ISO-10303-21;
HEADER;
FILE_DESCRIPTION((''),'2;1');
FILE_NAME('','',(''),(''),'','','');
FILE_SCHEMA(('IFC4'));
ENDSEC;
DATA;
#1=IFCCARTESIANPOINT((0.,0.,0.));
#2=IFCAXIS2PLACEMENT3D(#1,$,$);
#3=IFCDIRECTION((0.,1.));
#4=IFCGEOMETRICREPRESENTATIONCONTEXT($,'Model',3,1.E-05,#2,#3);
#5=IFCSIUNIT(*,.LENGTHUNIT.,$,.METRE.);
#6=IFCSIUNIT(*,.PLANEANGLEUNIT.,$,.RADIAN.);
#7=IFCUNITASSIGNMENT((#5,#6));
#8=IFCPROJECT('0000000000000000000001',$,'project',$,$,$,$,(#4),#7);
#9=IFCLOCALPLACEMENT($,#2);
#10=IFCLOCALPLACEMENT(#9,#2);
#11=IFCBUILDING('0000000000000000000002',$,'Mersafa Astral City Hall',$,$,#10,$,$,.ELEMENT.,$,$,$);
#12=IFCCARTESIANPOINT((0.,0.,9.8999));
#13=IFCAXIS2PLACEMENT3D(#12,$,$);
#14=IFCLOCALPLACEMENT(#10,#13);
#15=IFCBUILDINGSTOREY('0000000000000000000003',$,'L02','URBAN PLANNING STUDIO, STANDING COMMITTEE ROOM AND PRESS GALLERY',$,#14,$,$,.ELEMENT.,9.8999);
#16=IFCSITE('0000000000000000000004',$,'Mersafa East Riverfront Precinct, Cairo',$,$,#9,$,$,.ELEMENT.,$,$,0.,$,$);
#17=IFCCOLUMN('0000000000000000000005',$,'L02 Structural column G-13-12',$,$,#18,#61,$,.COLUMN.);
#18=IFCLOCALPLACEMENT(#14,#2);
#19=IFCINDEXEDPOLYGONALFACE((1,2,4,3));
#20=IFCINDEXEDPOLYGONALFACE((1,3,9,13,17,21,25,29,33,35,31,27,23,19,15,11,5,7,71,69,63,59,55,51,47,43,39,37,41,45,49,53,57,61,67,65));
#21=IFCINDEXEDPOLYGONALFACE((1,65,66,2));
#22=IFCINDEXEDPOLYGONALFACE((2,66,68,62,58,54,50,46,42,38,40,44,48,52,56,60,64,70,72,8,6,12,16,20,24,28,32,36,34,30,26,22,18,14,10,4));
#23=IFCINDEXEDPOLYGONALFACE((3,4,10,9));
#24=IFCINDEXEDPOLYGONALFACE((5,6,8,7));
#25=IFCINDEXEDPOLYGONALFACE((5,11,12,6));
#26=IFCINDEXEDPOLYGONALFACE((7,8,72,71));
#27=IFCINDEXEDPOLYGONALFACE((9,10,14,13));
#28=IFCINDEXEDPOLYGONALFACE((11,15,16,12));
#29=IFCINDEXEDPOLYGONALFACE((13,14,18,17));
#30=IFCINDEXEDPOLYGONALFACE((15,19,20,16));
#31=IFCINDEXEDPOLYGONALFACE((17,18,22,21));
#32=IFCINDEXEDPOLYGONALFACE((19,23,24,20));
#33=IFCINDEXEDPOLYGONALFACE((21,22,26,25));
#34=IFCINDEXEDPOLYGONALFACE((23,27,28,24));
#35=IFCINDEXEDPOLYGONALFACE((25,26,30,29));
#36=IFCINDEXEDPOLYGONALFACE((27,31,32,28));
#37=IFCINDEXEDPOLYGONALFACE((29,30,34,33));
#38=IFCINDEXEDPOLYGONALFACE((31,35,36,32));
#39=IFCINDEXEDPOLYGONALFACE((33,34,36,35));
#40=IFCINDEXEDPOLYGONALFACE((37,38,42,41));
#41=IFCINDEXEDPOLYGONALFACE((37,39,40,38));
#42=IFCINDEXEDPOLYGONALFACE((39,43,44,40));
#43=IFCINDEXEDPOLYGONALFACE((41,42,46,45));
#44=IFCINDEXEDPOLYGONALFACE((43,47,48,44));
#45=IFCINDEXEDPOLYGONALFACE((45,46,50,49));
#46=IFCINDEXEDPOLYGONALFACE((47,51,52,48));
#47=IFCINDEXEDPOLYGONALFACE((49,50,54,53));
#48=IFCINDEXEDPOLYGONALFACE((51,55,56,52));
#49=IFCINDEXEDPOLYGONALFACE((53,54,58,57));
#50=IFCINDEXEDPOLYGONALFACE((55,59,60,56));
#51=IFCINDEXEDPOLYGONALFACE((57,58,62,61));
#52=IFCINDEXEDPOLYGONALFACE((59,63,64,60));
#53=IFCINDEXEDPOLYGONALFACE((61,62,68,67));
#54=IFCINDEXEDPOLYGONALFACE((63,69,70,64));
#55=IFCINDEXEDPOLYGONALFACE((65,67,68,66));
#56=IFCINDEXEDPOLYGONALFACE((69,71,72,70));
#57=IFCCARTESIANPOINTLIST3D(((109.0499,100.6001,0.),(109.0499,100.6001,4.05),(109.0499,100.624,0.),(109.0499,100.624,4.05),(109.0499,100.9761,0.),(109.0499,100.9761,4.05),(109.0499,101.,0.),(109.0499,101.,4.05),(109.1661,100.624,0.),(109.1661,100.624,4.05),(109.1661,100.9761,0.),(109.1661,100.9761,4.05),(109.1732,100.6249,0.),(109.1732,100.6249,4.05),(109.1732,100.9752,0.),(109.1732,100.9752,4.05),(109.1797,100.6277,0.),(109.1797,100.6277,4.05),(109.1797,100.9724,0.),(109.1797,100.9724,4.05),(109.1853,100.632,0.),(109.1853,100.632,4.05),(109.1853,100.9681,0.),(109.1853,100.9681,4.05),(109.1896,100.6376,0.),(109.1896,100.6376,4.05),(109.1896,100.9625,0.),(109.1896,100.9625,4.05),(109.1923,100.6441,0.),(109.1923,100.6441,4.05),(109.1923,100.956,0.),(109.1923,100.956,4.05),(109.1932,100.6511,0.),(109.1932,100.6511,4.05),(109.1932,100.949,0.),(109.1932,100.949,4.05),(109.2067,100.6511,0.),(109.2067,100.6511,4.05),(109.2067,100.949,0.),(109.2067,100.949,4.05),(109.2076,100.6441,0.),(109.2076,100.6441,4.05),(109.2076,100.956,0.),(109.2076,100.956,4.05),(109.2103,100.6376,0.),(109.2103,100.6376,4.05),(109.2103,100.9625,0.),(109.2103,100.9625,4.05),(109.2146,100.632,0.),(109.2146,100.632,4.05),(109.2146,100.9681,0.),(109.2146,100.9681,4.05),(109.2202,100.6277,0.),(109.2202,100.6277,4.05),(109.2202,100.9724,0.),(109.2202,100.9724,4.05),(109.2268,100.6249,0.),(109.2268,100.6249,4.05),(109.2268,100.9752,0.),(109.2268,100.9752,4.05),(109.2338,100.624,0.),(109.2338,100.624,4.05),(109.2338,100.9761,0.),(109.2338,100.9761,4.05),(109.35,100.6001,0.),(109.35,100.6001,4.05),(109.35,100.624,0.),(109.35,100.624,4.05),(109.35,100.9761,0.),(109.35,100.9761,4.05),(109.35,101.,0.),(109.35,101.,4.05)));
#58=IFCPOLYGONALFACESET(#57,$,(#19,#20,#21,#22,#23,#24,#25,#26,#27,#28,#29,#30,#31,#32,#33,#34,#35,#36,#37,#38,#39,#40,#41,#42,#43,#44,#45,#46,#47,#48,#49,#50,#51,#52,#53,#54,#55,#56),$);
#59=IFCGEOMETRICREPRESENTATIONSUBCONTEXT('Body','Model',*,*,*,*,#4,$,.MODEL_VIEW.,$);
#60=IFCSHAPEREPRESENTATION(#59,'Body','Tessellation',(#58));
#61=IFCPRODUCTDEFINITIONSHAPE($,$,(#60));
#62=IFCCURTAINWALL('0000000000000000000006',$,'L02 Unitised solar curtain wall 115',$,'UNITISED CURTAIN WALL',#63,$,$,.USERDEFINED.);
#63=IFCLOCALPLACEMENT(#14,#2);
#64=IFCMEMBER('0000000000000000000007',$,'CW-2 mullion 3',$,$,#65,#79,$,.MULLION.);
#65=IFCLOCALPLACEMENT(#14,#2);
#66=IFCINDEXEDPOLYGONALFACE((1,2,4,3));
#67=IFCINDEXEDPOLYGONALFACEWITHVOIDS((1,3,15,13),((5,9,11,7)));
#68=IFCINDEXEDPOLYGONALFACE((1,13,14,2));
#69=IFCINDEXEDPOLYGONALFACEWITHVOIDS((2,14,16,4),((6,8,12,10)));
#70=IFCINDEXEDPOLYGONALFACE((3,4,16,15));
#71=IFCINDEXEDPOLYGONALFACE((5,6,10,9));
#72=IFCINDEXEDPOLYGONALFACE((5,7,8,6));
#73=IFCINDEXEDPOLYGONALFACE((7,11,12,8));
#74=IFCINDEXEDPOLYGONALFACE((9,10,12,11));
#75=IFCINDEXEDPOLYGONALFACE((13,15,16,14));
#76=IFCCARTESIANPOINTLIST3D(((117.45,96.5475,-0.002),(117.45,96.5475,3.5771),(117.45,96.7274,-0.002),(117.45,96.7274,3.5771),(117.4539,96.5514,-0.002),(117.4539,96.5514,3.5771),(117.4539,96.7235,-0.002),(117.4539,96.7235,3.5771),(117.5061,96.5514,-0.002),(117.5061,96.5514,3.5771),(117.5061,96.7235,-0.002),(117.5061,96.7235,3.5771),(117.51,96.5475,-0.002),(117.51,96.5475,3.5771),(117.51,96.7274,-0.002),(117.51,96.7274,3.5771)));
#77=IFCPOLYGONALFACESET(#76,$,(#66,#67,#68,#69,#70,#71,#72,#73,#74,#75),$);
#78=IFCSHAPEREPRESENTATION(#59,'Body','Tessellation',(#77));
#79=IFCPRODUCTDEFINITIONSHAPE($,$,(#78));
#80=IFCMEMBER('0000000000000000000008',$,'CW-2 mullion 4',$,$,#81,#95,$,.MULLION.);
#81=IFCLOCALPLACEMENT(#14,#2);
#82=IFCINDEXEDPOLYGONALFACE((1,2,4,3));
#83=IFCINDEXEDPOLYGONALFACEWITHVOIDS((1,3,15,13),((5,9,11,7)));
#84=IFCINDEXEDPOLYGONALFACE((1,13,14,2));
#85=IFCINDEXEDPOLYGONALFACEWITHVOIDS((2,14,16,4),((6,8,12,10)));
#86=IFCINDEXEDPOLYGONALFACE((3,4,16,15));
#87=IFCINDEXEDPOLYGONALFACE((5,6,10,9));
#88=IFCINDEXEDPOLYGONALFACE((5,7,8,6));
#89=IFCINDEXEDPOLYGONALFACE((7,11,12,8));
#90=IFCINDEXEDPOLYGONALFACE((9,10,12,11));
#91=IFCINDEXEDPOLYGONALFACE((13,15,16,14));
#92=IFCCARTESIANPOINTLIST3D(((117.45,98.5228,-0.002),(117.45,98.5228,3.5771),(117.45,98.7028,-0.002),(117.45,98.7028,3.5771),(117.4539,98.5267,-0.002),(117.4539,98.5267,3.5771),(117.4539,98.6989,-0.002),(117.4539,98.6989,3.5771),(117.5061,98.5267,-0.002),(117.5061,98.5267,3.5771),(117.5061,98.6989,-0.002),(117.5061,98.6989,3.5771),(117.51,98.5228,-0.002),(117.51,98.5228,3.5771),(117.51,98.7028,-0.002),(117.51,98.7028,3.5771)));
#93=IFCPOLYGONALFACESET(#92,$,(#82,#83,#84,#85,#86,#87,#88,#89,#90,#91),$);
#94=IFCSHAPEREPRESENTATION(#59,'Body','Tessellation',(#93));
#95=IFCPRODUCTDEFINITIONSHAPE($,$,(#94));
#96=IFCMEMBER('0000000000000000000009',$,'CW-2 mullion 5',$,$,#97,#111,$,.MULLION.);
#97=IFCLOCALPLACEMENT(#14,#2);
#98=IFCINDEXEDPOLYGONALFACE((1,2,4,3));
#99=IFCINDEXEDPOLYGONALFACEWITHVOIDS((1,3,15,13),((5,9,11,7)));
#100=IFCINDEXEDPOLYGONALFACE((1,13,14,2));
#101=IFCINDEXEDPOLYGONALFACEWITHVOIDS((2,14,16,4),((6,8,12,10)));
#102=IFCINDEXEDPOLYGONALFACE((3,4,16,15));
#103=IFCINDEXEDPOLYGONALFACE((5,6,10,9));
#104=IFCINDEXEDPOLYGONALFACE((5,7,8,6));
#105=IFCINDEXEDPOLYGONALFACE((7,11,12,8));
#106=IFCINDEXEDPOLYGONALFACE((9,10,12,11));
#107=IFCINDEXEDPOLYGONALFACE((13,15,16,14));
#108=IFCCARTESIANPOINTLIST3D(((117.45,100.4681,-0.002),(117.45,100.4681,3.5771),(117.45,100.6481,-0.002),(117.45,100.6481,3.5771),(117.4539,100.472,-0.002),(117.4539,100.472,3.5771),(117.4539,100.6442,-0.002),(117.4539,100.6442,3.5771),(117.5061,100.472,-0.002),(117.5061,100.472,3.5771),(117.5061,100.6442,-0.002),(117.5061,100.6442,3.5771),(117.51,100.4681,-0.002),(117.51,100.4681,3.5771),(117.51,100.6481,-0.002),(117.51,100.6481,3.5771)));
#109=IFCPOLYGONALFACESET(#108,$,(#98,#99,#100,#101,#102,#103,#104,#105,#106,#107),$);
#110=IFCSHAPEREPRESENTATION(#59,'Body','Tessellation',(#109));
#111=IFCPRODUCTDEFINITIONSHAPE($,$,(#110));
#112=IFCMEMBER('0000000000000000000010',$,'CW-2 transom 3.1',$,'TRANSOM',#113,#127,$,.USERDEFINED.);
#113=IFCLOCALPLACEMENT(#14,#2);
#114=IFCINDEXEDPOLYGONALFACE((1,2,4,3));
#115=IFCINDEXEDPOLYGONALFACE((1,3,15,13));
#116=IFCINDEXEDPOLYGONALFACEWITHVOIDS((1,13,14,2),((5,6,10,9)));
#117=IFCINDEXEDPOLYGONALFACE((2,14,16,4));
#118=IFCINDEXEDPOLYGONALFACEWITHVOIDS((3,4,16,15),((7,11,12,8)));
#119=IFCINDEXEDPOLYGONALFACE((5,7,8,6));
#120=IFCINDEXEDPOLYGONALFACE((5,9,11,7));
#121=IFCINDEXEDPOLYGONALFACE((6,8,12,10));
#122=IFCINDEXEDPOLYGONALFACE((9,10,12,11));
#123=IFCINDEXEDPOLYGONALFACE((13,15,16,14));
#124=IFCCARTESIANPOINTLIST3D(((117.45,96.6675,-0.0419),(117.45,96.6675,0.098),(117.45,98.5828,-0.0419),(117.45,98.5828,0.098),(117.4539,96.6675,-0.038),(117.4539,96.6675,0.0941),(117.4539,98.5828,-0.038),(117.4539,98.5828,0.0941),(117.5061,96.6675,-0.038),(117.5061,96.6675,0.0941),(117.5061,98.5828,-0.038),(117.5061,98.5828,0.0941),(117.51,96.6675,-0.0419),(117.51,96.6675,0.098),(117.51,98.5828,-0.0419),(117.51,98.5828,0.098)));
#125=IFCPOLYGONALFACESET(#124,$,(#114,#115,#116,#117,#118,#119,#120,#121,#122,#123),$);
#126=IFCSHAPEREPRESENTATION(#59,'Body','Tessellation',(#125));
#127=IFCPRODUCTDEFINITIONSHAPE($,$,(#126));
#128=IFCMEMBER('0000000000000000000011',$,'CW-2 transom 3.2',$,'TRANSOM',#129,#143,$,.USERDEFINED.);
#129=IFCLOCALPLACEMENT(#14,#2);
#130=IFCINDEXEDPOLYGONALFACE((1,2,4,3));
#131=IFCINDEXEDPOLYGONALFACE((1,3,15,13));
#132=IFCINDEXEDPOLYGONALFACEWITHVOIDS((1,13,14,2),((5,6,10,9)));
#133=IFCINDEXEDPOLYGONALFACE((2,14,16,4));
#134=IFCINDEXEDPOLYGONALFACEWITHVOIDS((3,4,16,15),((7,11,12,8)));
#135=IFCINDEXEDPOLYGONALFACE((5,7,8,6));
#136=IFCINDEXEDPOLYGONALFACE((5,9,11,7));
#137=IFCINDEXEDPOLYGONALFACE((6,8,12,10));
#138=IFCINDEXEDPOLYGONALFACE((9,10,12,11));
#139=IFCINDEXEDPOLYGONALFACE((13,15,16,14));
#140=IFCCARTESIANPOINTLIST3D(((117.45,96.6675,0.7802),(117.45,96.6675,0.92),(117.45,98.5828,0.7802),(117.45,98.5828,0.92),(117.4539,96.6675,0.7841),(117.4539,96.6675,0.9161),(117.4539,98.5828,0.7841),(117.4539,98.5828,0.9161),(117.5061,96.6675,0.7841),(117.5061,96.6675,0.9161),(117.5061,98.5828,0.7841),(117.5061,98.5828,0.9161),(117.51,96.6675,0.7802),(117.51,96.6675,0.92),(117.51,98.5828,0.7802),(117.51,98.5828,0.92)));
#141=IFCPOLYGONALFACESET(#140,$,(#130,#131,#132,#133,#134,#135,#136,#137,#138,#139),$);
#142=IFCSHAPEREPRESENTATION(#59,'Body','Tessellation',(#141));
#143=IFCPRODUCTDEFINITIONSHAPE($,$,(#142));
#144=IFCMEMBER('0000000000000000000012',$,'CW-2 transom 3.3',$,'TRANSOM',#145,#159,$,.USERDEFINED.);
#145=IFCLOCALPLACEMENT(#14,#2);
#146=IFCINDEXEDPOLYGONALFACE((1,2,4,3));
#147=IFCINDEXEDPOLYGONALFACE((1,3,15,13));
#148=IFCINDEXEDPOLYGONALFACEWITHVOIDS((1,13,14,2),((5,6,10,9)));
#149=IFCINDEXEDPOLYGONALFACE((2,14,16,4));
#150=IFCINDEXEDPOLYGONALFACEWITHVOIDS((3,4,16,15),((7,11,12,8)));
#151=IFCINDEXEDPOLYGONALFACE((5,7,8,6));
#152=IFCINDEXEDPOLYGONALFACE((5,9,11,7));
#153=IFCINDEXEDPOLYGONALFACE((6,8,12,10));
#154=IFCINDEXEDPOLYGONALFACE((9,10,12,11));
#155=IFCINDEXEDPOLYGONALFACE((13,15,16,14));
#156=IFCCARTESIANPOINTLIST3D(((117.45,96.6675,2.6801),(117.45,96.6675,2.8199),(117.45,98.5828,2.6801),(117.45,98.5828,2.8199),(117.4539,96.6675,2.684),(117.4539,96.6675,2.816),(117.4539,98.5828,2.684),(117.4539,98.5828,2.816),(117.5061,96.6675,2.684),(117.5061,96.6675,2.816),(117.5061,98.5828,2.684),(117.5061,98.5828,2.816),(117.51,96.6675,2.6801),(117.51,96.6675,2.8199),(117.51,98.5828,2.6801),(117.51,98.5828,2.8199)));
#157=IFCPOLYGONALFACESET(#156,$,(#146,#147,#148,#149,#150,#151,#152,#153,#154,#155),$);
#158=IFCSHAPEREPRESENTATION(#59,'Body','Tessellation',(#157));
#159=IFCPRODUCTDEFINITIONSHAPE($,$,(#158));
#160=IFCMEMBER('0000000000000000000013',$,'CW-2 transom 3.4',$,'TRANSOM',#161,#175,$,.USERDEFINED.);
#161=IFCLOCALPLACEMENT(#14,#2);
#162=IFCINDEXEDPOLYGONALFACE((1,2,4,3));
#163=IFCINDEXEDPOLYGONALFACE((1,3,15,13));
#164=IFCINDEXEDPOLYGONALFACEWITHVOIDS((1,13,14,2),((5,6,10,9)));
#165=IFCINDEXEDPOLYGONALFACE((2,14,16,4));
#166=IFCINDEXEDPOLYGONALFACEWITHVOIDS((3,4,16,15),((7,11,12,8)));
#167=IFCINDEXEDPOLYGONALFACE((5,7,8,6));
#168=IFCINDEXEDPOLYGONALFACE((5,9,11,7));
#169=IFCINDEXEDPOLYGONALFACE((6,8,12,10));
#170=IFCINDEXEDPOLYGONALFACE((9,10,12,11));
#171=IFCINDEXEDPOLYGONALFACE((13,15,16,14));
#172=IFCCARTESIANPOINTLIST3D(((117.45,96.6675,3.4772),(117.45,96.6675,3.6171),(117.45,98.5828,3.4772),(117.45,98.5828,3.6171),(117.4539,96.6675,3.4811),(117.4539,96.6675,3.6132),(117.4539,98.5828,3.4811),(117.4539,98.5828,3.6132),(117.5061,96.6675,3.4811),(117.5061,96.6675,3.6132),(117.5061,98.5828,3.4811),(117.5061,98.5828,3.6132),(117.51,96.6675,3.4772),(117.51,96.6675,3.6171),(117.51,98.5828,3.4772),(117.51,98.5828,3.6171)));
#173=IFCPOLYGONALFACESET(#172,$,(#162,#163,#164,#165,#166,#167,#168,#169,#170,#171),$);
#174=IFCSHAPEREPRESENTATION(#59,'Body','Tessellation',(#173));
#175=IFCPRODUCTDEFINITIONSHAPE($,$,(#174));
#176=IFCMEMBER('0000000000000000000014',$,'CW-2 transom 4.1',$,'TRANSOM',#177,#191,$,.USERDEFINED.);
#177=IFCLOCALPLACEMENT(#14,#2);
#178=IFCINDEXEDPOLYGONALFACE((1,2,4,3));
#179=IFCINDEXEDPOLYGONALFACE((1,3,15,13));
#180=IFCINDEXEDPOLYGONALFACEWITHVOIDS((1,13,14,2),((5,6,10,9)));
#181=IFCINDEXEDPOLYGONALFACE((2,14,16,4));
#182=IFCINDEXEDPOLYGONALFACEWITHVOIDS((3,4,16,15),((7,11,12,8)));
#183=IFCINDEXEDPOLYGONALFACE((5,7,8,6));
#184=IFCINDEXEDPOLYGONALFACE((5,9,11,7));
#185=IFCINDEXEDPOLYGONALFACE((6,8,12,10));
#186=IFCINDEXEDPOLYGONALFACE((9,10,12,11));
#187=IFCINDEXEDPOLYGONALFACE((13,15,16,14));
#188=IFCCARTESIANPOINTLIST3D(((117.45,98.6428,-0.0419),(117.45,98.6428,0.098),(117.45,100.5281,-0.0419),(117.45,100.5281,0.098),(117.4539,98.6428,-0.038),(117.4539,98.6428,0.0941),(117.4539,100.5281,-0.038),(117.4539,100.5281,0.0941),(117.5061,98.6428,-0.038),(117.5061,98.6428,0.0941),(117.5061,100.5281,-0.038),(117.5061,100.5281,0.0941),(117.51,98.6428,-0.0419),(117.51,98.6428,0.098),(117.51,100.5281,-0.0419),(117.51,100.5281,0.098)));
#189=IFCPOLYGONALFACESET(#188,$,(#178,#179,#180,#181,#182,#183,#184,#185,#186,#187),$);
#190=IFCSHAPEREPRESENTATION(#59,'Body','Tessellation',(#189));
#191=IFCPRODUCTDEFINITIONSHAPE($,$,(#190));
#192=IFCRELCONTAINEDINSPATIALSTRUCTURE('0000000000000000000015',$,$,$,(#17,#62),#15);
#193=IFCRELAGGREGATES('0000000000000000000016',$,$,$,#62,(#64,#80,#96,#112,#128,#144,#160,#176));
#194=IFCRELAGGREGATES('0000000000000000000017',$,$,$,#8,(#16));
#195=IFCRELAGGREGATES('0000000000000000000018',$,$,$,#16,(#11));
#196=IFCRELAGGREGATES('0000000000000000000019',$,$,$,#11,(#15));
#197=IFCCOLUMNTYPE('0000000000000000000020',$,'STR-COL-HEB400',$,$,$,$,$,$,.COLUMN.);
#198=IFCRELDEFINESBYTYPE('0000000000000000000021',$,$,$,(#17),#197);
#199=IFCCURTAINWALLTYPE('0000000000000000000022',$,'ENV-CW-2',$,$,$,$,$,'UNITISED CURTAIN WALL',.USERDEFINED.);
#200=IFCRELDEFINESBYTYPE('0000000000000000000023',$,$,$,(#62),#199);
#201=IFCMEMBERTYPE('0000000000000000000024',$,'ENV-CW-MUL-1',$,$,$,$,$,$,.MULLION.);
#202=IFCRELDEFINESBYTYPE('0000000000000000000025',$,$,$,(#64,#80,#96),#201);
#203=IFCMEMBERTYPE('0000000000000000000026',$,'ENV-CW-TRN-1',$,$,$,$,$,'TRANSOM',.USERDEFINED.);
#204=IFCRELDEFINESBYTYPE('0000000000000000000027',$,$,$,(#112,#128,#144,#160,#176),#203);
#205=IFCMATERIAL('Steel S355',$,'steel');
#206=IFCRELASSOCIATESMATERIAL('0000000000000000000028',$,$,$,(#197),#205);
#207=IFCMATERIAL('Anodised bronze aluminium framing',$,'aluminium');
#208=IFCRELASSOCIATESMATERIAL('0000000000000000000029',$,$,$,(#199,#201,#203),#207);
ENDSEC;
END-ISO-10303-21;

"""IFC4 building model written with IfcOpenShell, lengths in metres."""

from ifc_helpers import new_model, si_unit, direction, frame, origin, origin_2d, place, context, subcontext, project, spatial, hollow_rectangle, i_section, extrude, material, material_profile, profile_set, type_object, element, aggregate, save


model = new_model("IFC4")

# Units and contexts
model_context = context("Model", 3, precision=1e-05, world=origin(), true_north=direction((0.0, 1.0)))
body_context = subcontext(model_context, "Body", "Model", "MODEL_VIEW")
ifc_project = project(units=[si_unit("LENGTHUNIT", "METRE"), si_unit("PLANEANGLEUNIT", "RADIAN")], contexts=[model_context])

# Site, building, storey
site_placement = place(None, origin())
site = spatial("IfcSite", under=ifc_project, at=site_placement, Name="Mersafa East Riverfront Precinct, Cairo", CompositionType="ELEMENT", RefElevation=0.0)
building_placement = place(site_placement, origin())
building = spatial("IfcBuilding", under=site, at=building_placement, Name="Mersafa Astral City Hall", CompositionType="ELEMENT")
storey_placement = place(building_placement, frame((0.0, 0.0, 9.8999)))
storey = spatial("IfcBuildingStorey", under=building, at=storey_placement, Name="L02", Description="URBAN PLANNING STUDIO, STANDING COMMITTEE ROOM AND PRESS GALLERY", CompositionType="ELEMENT", Elevation=9.8999)

# Column
ifc_material_1 = material(Name="Steel S355", Category="steel")
ifc_material_profile_1 = material_profile(ifc_material_1, i_section(OverallWidth=0.3, OverallDepth=0.3999, WebThickness=0.0134, FlangeThickness=0.0239, FilletRadius=0.0271, at=origin_2d()), Name="HEB 400")
ifc_profile_set_1 = profile_set([ifc_material_profile_1], Name="Steel S355")
column_type = type_object("IfcColumnType", Name="STR-COL-HEB400", PredefinedType="COLUMN", material=ifc_profile_set_1)
column_placement = place(storey_placement, frame((109.2, 100.8, 0.0), z_axis=(0.0, 0.0, 1.0), x_axis=(1.0, 0.0, 0.0)))
element("IfcColumn", 1, at=column_placement, inside=storey, type_object=column_type, Name="L02 Structural column G-13-12", PredefinedType="COLUMN", context=body_context, shape_type="SweptSolid", body=[
    extrude(i_section(OverallWidth=0.3, OverallDepth=0.3999, WebThickness=0.0134, FlangeThickness=0.0239, FilletRadius=0.0271, at=origin_2d()), origin(), (0.0, 0.0, 1.0), 4.05),
])

# Curtain wall, members
ifc_material_2 = material(Name="Anodised bronze aluminium framing", Category="aluminium")
curtain_wall_type = type_object("IfcCurtainWallType", Name="ENV-CW-2", ElementType="UNITISED CURTAIN WALL", PredefinedType="USERDEFINED", material=ifc_material_2)
curtain_wall_placement = place(storey_placement, origin())
curtain_wall = element("IfcCurtainWall", 2, at=curtain_wall_placement, inside=storey, type_object=curtain_wall_type, Name="L02 Unitised solar curtain wall 115", ObjectType="UNITISED CURTAIN WALL", PredefinedType="USERDEFINED")
ifc_material_profile_2 = material_profile(ifc_material_2, hollow_rectangle(XDim=0.0601, YDim=0.1799, WallThickness=0.0039, at=origin_2d()), Name="RHS 60x180x4")
ifc_profile_set_2 = profile_set([ifc_material_profile_2], Name="Anodised bronze aluminium framing")
member_type_1 = type_object("IfcMemberType", Name="ENV-CW-MUL-1", PredefinedType="MULLION", material=ifc_profile_set_2)
member_1_placement = place(storey_placement, frame((117.48, 96.6375, -0.002), z_axis=(0.0, 0.0, 1.0), x_axis=(-1.0, 0.0, 0.0)))
member_1 = element("IfcMember", 3, at=member_1_placement, type_object=member_type_1, Name="CW-2 mullion 3", PredefinedType="MULLION", context=body_context, shape_type="SweptSolid", body=[
    extrude(hollow_rectangle(XDim=0.0601, YDim=0.1799, WallThickness=0.0039, at=origin_2d()), origin(), (0.0, 0.0, 1.0), 3.5791),
])
member_2_placement = place(storey_placement, frame((117.48, 98.6128, -0.002), z_axis=(0.0, 0.0, 1.0), x_axis=(-1.0, 0.0, 0.0)))
member_2 = element("IfcMember", 4, at=member_2_placement, type_object=member_type_1, Name="CW-2 mullion 4", PredefinedType="MULLION", context=body_context, shape_type="SweptSolid", body=[
    extrude(hollow_rectangle(XDim=0.0601, YDim=0.1799, WallThickness=0.0039, at=origin_2d()), origin(), (0.0, 0.0, 1.0), 3.5791),
])
member_3_placement = place(storey_placement, frame((117.48, 100.5581, -0.002), z_axis=(0.0, 0.0, 1.0), x_axis=(-1.0, 0.0, 0.0)))
member_3 = element("IfcMember", 5, at=member_3_placement, type_object=member_type_1, Name="CW-2 mullion 5", PredefinedType="MULLION", context=body_context, shape_type="SweptSolid", body=[
    extrude(hollow_rectangle(XDim=0.0601, YDim=0.1799, WallThickness=0.0039, at=origin_2d()), origin(), (0.0, 0.0, 1.0), 3.5791),
])
ifc_material_profile_3 = material_profile(ifc_material_2, hollow_rectangle(XDim=0.0601, YDim=0.1399, WallThickness=0.0039, at=origin_2d()), Name="RHS 60x140x4")
ifc_profile_set_3 = profile_set([ifc_material_profile_3], Name="Anodised bronze aluminium framing")
member_type_2 = type_object("IfcMemberType", Name="ENV-CW-TRN-1", ElementType="TRANSOM", PredefinedType="USERDEFINED", material=ifc_profile_set_3)
member_4_placement = place(storey_placement, frame((117.48, 96.6675, 0.0281), z_axis=(0.0, 1.0, 0.0), x_axis=(-1.0, 0.0, 0.0)))
member_4 = element("IfcMember", 6, at=member_4_placement, type_object=member_type_2, Name="CW-2 transom 3.1", ObjectType="TRANSOM", PredefinedType="USERDEFINED", context=body_context, shape_type="SweptSolid", body=[
    extrude(hollow_rectangle(XDim=0.0601, YDim=0.1399, WallThickness=0.0039, at=origin_2d()), origin(), (0.0, 0.0, 1.0), 1.9153),
])
member_5_placement = place(storey_placement, frame((117.48, 96.6675, 0.8501), z_axis=(0.0, 1.0, 0.0), x_axis=(-1.0, 0.0, 0.0)))
member_5 = element("IfcMember", 7, at=member_5_placement, type_object=member_type_2, Name="CW-2 transom 3.2", ObjectType="TRANSOM", PredefinedType="USERDEFINED", context=body_context, shape_type="SweptSolid", body=[
    extrude(hollow_rectangle(XDim=0.0601, YDim=0.1399, WallThickness=0.0039, at=origin_2d()), origin(), (0.0, 0.0, 1.0), 1.9153),
])
member_6_placement = place(storey_placement, frame((117.48, 96.6675, 2.75), z_axis=(0.0, 1.0, 0.0), x_axis=(-1.0, 0.0, 0.0)))
member_6 = element("IfcMember", 8, at=member_6_placement, type_object=member_type_2, Name="CW-2 transom 3.3", ObjectType="TRANSOM", PredefinedType="USERDEFINED", context=body_context, shape_type="SweptSolid", body=[
    extrude(hollow_rectangle(XDim=0.0601, YDim=0.1399, WallThickness=0.0039, at=origin_2d()), origin(), (0.0, 0.0, 1.0), 1.9153),
])
member_7_placement = place(storey_placement, frame((117.48, 96.6675, 3.5471), z_axis=(0.0, 1.0, 0.0), x_axis=(-1.0, 0.0, 0.0)))
member_7 = element("IfcMember", 9, at=member_7_placement, type_object=member_type_2, Name="CW-2 transom 3.4", ObjectType="TRANSOM", PredefinedType="USERDEFINED", context=body_context, shape_type="SweptSolid", body=[
    extrude(hollow_rectangle(XDim=0.0601, YDim=0.1399, WallThickness=0.0039, at=origin_2d()), origin(), (0.0, 0.0, 1.0), 1.9153),
])
member_8_placement = place(storey_placement, frame((117.48, 98.6428, 0.0281), z_axis=(0.0, 1.0, 0.0), x_axis=(-1.0, 0.0, 0.0)))
member_8 = element("IfcMember", 10, at=member_8_placement, type_object=member_type_2, Name="CW-2 transom 4.1", ObjectType="TRANSOM", PredefinedType="USERDEFINED", context=body_context, shape_type="SweptSolid", body=[
    extrude(hollow_rectangle(XDim=0.0601, YDim=0.1399, WallThickness=0.0039, at=origin_2d()), origin(), (0.0, 0.0, 1.0), 1.8853),
])
aggregate(curtain_wall, [member_1, member_2, member_3, member_4, member_5, member_6, member_7, member_8])

save(model, "model.ifc")
